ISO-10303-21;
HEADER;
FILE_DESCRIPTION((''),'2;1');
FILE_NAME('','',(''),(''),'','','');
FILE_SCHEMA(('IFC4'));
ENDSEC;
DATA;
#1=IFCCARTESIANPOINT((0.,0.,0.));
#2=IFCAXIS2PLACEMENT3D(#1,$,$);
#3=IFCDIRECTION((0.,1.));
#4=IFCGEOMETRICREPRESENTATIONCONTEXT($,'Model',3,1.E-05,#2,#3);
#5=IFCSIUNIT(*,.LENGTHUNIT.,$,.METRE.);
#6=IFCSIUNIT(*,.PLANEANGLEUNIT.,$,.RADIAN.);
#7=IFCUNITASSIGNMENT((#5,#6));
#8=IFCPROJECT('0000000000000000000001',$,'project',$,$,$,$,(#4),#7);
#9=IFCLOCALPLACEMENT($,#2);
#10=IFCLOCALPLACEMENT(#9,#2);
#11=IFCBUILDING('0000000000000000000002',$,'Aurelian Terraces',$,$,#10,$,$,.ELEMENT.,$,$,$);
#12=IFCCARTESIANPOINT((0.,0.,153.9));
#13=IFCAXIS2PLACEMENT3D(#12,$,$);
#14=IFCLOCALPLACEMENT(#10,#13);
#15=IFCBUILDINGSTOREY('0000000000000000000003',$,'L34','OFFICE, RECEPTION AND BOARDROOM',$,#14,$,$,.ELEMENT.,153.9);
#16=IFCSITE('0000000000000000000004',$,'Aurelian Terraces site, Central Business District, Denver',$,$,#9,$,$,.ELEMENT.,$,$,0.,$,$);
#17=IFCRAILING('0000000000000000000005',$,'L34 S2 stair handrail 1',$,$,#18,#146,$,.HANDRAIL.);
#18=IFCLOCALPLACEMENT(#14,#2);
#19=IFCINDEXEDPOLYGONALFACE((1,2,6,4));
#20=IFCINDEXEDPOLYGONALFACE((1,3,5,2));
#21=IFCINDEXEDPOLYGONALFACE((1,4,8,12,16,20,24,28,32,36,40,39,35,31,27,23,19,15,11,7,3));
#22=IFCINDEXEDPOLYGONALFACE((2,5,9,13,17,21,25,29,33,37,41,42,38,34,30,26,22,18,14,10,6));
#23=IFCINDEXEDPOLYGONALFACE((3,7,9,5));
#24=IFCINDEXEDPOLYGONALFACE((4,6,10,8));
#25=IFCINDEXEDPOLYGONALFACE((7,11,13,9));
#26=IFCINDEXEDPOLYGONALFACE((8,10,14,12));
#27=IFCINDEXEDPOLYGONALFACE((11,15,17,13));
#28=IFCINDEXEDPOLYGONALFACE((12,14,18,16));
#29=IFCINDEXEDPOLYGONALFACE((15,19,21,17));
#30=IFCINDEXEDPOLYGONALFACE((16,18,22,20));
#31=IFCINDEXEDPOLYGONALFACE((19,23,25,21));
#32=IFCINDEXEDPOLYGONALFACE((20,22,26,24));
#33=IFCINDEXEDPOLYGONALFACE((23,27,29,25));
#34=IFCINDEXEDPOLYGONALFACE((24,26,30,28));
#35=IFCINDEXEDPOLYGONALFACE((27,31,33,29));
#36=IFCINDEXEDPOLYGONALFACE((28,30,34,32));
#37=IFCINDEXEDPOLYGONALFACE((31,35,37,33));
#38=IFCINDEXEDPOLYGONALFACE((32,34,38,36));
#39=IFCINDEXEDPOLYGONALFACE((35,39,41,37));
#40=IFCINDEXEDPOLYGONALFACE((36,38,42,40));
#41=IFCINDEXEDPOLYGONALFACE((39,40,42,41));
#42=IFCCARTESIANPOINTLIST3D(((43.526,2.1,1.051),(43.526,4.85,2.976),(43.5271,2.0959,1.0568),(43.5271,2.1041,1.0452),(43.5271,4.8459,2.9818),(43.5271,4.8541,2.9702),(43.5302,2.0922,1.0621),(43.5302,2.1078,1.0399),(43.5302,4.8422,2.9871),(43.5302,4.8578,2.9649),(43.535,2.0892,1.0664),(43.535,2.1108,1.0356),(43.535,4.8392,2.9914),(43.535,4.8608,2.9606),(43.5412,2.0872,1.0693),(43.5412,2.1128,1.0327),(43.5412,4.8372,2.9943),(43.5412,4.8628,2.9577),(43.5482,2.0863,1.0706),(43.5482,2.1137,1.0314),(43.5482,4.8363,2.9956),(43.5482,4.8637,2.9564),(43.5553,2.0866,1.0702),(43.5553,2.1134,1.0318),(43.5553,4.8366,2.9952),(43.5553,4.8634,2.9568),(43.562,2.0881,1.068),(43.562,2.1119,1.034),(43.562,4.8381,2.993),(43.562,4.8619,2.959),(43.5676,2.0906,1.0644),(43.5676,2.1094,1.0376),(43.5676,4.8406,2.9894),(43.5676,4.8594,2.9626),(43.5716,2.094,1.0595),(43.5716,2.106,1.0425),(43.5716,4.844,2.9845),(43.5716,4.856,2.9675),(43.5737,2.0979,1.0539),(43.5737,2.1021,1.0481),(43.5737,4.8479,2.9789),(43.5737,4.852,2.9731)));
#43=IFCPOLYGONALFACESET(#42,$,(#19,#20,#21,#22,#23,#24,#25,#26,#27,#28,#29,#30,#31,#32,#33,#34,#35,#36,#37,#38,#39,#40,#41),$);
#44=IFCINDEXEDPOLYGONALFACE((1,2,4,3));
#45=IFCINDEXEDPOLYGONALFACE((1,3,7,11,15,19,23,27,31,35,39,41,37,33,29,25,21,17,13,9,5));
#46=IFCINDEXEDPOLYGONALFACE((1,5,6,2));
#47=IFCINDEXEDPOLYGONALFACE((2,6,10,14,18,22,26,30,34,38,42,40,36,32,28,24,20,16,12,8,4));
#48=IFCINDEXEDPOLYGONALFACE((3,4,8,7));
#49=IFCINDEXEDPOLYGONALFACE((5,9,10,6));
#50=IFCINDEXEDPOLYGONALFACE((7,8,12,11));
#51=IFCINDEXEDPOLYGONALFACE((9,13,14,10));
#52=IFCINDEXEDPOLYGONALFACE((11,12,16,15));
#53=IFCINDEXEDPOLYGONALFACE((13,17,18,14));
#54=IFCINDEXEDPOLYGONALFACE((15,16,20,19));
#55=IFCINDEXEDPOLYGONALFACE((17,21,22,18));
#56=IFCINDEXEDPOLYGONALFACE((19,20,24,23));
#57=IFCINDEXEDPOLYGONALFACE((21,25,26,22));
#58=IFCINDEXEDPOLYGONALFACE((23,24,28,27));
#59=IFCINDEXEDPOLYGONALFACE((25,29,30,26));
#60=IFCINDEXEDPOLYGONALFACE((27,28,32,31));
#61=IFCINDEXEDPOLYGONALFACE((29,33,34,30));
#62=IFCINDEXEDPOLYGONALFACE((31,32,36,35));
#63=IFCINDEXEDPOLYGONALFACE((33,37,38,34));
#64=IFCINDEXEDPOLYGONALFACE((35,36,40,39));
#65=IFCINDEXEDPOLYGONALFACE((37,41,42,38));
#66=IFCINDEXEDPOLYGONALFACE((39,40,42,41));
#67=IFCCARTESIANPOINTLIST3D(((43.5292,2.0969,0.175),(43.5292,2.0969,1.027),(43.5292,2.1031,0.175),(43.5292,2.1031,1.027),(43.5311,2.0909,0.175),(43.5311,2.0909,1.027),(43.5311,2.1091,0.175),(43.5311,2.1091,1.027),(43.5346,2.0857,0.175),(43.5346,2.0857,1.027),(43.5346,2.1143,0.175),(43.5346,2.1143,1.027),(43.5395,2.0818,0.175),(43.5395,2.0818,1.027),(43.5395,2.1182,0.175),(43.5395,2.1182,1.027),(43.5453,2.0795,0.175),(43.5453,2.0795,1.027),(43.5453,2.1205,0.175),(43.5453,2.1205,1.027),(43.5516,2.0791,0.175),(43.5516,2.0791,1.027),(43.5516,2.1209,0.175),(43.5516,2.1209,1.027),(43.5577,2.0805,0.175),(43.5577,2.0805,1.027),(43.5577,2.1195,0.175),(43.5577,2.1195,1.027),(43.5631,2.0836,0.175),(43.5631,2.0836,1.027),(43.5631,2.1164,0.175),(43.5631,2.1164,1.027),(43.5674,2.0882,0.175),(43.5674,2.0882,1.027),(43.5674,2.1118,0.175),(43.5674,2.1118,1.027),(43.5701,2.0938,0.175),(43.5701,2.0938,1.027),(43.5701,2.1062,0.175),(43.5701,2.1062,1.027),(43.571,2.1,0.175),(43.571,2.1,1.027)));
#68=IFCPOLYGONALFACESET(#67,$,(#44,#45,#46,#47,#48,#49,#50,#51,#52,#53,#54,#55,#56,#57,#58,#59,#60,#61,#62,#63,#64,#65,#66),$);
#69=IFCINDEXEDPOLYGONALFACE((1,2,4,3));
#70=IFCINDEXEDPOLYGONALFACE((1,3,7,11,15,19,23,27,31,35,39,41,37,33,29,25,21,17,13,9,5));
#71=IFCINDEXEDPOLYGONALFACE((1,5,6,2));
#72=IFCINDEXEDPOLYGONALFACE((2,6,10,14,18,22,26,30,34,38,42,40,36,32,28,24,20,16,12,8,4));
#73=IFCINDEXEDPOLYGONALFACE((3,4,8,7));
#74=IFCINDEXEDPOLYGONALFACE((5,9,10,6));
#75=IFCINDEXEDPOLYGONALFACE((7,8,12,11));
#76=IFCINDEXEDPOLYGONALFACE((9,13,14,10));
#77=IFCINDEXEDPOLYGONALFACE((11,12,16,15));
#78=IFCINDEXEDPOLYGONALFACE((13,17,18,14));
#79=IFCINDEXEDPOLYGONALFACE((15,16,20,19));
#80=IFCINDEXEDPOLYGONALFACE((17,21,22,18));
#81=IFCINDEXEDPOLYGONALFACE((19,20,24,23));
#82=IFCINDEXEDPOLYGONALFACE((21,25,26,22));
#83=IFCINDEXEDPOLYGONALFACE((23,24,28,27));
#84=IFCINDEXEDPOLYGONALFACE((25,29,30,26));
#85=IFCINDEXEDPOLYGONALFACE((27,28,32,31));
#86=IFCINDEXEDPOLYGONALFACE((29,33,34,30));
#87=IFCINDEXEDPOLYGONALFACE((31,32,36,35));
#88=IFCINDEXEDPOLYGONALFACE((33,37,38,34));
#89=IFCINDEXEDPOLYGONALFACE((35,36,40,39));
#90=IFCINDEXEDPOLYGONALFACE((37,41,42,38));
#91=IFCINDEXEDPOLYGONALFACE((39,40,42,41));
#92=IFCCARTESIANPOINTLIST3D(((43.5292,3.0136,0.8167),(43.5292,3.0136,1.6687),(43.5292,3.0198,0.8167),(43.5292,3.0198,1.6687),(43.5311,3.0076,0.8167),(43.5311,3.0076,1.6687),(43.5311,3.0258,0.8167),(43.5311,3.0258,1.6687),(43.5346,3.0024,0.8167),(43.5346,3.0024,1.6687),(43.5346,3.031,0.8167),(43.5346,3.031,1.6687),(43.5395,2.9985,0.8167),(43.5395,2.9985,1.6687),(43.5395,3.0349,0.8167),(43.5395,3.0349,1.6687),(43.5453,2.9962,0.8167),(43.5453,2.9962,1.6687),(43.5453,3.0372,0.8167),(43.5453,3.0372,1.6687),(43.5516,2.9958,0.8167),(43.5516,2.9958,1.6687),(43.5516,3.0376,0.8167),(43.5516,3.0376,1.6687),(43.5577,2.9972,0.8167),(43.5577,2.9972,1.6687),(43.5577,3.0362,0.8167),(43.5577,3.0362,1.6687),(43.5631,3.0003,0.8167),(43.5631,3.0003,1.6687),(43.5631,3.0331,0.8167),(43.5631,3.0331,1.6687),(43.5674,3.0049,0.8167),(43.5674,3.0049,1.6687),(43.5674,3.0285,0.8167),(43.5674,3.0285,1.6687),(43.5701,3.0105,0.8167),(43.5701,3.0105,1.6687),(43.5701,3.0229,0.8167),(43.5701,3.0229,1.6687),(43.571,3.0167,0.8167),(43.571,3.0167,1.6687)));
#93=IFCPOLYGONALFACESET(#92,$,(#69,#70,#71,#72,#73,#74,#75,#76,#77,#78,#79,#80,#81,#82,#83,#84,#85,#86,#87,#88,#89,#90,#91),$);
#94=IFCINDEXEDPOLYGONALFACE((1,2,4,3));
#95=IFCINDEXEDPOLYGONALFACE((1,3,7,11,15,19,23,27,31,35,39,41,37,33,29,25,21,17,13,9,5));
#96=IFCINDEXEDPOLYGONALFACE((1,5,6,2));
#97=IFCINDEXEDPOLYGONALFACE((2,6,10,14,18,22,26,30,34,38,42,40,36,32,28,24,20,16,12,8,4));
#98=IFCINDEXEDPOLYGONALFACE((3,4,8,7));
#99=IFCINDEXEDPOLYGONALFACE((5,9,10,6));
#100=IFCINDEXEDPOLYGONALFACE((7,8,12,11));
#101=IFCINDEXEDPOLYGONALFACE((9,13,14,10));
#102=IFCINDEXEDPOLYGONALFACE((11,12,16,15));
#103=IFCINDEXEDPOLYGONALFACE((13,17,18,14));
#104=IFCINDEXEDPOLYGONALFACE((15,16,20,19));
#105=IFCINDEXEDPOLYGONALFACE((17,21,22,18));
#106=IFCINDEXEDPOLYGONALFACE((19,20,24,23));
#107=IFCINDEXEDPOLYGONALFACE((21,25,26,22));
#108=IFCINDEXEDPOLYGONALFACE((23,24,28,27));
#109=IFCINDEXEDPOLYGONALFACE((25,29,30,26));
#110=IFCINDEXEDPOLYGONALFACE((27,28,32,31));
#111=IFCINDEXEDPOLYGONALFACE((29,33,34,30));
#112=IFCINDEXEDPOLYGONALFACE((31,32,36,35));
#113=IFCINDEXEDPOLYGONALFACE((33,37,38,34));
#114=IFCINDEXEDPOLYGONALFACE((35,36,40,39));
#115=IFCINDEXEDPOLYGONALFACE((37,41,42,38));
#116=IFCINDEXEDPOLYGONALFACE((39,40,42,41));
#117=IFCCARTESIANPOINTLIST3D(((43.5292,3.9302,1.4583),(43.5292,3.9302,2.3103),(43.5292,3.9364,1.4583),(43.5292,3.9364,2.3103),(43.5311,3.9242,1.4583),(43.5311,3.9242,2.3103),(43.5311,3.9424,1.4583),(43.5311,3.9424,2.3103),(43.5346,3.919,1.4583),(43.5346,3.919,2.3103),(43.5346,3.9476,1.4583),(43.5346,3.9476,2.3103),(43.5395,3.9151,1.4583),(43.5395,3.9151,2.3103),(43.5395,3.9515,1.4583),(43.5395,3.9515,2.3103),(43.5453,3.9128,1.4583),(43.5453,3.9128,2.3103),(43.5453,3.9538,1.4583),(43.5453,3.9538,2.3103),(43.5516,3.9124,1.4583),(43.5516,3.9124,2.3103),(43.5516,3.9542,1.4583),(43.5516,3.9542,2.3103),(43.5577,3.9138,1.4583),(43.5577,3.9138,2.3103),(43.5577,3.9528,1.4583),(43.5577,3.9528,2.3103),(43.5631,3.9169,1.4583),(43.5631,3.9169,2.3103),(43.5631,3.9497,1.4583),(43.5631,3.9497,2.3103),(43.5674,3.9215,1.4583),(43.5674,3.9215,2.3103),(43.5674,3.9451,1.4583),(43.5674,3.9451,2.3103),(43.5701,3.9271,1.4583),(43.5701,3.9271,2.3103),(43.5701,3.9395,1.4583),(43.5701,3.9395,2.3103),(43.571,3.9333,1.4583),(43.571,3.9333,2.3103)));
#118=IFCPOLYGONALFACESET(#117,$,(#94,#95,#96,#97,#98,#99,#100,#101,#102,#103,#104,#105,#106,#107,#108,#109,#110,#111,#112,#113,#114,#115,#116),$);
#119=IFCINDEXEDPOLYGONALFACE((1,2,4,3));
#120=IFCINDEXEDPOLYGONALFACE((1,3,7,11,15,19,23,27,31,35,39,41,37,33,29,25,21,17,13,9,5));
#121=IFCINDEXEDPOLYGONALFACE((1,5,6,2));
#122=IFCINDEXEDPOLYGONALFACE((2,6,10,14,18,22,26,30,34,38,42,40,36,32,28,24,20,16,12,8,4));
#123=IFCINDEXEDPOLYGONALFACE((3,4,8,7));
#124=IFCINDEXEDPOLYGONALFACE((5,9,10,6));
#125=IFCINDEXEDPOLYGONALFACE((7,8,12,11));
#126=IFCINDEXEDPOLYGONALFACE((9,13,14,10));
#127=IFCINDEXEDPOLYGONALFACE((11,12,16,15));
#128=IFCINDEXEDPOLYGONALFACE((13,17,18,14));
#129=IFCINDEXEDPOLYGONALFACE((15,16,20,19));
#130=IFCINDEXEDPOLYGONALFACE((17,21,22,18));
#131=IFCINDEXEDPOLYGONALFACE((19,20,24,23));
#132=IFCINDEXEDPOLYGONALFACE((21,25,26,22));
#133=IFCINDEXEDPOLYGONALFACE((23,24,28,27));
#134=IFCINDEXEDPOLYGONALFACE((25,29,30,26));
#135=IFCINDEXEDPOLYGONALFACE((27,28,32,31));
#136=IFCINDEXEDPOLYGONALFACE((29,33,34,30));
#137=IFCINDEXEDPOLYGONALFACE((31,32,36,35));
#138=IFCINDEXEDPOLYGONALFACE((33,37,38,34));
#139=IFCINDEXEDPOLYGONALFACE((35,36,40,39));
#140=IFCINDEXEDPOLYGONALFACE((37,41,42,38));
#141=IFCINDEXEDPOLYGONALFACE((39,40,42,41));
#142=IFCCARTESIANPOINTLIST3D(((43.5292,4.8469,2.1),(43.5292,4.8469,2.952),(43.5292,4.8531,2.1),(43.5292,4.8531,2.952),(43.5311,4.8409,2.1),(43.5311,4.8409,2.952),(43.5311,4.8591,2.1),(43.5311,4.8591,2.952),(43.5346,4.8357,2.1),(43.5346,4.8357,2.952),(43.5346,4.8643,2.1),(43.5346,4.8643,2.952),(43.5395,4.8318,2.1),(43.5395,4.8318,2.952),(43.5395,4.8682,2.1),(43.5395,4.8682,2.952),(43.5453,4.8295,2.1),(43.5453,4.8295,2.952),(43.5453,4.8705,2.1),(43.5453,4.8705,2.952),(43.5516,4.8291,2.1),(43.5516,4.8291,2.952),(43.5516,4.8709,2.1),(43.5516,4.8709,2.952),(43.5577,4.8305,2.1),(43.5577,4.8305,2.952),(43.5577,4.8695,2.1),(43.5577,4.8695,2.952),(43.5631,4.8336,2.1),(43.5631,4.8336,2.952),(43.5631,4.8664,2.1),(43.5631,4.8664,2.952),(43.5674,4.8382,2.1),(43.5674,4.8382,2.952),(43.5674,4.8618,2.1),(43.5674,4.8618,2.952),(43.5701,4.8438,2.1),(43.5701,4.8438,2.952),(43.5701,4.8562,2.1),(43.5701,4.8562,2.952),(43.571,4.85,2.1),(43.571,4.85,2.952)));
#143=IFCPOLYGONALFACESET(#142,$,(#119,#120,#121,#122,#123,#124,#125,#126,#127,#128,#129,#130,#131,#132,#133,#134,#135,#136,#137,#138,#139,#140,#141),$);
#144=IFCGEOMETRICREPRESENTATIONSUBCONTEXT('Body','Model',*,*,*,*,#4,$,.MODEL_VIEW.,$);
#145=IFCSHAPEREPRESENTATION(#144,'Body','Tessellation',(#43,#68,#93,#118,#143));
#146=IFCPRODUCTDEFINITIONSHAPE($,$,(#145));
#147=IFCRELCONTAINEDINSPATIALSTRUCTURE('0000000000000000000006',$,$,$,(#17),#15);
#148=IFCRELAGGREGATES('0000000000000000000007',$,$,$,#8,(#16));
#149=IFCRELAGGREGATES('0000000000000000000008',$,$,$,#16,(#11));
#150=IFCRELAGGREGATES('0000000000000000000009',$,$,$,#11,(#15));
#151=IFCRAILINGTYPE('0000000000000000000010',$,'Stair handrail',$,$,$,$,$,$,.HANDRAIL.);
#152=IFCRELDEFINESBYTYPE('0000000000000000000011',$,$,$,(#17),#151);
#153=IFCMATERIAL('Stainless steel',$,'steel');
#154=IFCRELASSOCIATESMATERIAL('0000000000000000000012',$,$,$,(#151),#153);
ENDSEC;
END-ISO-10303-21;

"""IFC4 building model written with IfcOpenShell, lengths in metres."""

from ifc_helpers import new_model, si_unit, direction, frame, origin, origin_2d, place, context, subcontext, project, spatial, circle, extrude, source, transform, mapped, material, type_object, element, save


model = new_model("IFC4")

# Units and contexts
model_context = context("Model", 3, precision=1e-05, world=origin(), true_north=direction((0.0, 1.0)))
body_context = subcontext(model_context, "Body", "Model", "MODEL_VIEW")
ifc_project = project(units=[si_unit("LENGTHUNIT", "METRE"), si_unit("PLANEANGLEUNIT", "RADIAN")], contexts=[model_context])

# Site, building, storey
site_placement = place(None, origin())
site = spatial("IfcSite", under=ifc_project, at=site_placement, Name="Aurelian Terraces site, Central Business District, Denver", CompositionType="ELEMENT", RefElevation=0.0)
building_placement = place(site_placement, origin())
building = spatial("IfcBuilding", under=site, at=building_placement, Name="Aurelian Terraces", CompositionType="ELEMENT")
storey_placement = place(building_placement, frame((0.0, 0.0, 153.9)))
storey = spatial("IfcBuildingStorey", under=building, at=storey_placement, Name="L34", Description="OFFICE, RECEPTION AND BOARDROOM", CompositionType="ELEMENT", Elevation=153.9)

# Railing
ifc_material_1 = material(Name="Stainless steel", Category="steel")
railing_type_1 = type_object("IfcRailingType", Name="Stair handrail", PredefinedType="HANDRAIL", material=ifc_material_1)
shared_shape_1 = source(origin(), body_context, "Body", "SweptSolid", [
    extrude(circle(Radius=0.024, at=origin_2d()), frame((0.0, 0.0, 0.876), z_axis=(0.0, 0.819232, 0.573462), x_axis=(-1.0, 0.0, 0.0)), (0.0, 0.0, 1.0), 3.3568),
    extrude(circle(Radius=0.021, at=origin_2d()), origin(), (0.0, 0.0, 1.0), 0.852),
    extrude(circle(Radius=0.021, at=origin_2d()), frame((0.0, 0.9167, 0.6417)), (0.0, 0.0, 1.0), 0.852),
    extrude(circle(Radius=0.021, at=origin_2d()), frame((0.0, 1.8333, 1.2833)), (0.0, 0.0, 1.0), 0.852),
    extrude(circle(Radius=0.021, at=origin_2d()), frame((0.0, 2.75, 1.925)), (0.0, 0.0, 1.0), 0.852),
])
railing_1_placement = place(storey_placement, frame((43.55, 2.1, 0.175)))
element("IfcRailing", 1, at=railing_1_placement, inside=storey, type_object=railing_type_1, Name="L34 S2 stair handrail 1", PredefinedType="HANDRAIL", context=body_context, shape_type="MappedRepresentation", body=[
    mapped(shared_shape_1, transform((0.0, 0.0, 0.0), scale=1.0)),
])

save(model, "model.ifc")
